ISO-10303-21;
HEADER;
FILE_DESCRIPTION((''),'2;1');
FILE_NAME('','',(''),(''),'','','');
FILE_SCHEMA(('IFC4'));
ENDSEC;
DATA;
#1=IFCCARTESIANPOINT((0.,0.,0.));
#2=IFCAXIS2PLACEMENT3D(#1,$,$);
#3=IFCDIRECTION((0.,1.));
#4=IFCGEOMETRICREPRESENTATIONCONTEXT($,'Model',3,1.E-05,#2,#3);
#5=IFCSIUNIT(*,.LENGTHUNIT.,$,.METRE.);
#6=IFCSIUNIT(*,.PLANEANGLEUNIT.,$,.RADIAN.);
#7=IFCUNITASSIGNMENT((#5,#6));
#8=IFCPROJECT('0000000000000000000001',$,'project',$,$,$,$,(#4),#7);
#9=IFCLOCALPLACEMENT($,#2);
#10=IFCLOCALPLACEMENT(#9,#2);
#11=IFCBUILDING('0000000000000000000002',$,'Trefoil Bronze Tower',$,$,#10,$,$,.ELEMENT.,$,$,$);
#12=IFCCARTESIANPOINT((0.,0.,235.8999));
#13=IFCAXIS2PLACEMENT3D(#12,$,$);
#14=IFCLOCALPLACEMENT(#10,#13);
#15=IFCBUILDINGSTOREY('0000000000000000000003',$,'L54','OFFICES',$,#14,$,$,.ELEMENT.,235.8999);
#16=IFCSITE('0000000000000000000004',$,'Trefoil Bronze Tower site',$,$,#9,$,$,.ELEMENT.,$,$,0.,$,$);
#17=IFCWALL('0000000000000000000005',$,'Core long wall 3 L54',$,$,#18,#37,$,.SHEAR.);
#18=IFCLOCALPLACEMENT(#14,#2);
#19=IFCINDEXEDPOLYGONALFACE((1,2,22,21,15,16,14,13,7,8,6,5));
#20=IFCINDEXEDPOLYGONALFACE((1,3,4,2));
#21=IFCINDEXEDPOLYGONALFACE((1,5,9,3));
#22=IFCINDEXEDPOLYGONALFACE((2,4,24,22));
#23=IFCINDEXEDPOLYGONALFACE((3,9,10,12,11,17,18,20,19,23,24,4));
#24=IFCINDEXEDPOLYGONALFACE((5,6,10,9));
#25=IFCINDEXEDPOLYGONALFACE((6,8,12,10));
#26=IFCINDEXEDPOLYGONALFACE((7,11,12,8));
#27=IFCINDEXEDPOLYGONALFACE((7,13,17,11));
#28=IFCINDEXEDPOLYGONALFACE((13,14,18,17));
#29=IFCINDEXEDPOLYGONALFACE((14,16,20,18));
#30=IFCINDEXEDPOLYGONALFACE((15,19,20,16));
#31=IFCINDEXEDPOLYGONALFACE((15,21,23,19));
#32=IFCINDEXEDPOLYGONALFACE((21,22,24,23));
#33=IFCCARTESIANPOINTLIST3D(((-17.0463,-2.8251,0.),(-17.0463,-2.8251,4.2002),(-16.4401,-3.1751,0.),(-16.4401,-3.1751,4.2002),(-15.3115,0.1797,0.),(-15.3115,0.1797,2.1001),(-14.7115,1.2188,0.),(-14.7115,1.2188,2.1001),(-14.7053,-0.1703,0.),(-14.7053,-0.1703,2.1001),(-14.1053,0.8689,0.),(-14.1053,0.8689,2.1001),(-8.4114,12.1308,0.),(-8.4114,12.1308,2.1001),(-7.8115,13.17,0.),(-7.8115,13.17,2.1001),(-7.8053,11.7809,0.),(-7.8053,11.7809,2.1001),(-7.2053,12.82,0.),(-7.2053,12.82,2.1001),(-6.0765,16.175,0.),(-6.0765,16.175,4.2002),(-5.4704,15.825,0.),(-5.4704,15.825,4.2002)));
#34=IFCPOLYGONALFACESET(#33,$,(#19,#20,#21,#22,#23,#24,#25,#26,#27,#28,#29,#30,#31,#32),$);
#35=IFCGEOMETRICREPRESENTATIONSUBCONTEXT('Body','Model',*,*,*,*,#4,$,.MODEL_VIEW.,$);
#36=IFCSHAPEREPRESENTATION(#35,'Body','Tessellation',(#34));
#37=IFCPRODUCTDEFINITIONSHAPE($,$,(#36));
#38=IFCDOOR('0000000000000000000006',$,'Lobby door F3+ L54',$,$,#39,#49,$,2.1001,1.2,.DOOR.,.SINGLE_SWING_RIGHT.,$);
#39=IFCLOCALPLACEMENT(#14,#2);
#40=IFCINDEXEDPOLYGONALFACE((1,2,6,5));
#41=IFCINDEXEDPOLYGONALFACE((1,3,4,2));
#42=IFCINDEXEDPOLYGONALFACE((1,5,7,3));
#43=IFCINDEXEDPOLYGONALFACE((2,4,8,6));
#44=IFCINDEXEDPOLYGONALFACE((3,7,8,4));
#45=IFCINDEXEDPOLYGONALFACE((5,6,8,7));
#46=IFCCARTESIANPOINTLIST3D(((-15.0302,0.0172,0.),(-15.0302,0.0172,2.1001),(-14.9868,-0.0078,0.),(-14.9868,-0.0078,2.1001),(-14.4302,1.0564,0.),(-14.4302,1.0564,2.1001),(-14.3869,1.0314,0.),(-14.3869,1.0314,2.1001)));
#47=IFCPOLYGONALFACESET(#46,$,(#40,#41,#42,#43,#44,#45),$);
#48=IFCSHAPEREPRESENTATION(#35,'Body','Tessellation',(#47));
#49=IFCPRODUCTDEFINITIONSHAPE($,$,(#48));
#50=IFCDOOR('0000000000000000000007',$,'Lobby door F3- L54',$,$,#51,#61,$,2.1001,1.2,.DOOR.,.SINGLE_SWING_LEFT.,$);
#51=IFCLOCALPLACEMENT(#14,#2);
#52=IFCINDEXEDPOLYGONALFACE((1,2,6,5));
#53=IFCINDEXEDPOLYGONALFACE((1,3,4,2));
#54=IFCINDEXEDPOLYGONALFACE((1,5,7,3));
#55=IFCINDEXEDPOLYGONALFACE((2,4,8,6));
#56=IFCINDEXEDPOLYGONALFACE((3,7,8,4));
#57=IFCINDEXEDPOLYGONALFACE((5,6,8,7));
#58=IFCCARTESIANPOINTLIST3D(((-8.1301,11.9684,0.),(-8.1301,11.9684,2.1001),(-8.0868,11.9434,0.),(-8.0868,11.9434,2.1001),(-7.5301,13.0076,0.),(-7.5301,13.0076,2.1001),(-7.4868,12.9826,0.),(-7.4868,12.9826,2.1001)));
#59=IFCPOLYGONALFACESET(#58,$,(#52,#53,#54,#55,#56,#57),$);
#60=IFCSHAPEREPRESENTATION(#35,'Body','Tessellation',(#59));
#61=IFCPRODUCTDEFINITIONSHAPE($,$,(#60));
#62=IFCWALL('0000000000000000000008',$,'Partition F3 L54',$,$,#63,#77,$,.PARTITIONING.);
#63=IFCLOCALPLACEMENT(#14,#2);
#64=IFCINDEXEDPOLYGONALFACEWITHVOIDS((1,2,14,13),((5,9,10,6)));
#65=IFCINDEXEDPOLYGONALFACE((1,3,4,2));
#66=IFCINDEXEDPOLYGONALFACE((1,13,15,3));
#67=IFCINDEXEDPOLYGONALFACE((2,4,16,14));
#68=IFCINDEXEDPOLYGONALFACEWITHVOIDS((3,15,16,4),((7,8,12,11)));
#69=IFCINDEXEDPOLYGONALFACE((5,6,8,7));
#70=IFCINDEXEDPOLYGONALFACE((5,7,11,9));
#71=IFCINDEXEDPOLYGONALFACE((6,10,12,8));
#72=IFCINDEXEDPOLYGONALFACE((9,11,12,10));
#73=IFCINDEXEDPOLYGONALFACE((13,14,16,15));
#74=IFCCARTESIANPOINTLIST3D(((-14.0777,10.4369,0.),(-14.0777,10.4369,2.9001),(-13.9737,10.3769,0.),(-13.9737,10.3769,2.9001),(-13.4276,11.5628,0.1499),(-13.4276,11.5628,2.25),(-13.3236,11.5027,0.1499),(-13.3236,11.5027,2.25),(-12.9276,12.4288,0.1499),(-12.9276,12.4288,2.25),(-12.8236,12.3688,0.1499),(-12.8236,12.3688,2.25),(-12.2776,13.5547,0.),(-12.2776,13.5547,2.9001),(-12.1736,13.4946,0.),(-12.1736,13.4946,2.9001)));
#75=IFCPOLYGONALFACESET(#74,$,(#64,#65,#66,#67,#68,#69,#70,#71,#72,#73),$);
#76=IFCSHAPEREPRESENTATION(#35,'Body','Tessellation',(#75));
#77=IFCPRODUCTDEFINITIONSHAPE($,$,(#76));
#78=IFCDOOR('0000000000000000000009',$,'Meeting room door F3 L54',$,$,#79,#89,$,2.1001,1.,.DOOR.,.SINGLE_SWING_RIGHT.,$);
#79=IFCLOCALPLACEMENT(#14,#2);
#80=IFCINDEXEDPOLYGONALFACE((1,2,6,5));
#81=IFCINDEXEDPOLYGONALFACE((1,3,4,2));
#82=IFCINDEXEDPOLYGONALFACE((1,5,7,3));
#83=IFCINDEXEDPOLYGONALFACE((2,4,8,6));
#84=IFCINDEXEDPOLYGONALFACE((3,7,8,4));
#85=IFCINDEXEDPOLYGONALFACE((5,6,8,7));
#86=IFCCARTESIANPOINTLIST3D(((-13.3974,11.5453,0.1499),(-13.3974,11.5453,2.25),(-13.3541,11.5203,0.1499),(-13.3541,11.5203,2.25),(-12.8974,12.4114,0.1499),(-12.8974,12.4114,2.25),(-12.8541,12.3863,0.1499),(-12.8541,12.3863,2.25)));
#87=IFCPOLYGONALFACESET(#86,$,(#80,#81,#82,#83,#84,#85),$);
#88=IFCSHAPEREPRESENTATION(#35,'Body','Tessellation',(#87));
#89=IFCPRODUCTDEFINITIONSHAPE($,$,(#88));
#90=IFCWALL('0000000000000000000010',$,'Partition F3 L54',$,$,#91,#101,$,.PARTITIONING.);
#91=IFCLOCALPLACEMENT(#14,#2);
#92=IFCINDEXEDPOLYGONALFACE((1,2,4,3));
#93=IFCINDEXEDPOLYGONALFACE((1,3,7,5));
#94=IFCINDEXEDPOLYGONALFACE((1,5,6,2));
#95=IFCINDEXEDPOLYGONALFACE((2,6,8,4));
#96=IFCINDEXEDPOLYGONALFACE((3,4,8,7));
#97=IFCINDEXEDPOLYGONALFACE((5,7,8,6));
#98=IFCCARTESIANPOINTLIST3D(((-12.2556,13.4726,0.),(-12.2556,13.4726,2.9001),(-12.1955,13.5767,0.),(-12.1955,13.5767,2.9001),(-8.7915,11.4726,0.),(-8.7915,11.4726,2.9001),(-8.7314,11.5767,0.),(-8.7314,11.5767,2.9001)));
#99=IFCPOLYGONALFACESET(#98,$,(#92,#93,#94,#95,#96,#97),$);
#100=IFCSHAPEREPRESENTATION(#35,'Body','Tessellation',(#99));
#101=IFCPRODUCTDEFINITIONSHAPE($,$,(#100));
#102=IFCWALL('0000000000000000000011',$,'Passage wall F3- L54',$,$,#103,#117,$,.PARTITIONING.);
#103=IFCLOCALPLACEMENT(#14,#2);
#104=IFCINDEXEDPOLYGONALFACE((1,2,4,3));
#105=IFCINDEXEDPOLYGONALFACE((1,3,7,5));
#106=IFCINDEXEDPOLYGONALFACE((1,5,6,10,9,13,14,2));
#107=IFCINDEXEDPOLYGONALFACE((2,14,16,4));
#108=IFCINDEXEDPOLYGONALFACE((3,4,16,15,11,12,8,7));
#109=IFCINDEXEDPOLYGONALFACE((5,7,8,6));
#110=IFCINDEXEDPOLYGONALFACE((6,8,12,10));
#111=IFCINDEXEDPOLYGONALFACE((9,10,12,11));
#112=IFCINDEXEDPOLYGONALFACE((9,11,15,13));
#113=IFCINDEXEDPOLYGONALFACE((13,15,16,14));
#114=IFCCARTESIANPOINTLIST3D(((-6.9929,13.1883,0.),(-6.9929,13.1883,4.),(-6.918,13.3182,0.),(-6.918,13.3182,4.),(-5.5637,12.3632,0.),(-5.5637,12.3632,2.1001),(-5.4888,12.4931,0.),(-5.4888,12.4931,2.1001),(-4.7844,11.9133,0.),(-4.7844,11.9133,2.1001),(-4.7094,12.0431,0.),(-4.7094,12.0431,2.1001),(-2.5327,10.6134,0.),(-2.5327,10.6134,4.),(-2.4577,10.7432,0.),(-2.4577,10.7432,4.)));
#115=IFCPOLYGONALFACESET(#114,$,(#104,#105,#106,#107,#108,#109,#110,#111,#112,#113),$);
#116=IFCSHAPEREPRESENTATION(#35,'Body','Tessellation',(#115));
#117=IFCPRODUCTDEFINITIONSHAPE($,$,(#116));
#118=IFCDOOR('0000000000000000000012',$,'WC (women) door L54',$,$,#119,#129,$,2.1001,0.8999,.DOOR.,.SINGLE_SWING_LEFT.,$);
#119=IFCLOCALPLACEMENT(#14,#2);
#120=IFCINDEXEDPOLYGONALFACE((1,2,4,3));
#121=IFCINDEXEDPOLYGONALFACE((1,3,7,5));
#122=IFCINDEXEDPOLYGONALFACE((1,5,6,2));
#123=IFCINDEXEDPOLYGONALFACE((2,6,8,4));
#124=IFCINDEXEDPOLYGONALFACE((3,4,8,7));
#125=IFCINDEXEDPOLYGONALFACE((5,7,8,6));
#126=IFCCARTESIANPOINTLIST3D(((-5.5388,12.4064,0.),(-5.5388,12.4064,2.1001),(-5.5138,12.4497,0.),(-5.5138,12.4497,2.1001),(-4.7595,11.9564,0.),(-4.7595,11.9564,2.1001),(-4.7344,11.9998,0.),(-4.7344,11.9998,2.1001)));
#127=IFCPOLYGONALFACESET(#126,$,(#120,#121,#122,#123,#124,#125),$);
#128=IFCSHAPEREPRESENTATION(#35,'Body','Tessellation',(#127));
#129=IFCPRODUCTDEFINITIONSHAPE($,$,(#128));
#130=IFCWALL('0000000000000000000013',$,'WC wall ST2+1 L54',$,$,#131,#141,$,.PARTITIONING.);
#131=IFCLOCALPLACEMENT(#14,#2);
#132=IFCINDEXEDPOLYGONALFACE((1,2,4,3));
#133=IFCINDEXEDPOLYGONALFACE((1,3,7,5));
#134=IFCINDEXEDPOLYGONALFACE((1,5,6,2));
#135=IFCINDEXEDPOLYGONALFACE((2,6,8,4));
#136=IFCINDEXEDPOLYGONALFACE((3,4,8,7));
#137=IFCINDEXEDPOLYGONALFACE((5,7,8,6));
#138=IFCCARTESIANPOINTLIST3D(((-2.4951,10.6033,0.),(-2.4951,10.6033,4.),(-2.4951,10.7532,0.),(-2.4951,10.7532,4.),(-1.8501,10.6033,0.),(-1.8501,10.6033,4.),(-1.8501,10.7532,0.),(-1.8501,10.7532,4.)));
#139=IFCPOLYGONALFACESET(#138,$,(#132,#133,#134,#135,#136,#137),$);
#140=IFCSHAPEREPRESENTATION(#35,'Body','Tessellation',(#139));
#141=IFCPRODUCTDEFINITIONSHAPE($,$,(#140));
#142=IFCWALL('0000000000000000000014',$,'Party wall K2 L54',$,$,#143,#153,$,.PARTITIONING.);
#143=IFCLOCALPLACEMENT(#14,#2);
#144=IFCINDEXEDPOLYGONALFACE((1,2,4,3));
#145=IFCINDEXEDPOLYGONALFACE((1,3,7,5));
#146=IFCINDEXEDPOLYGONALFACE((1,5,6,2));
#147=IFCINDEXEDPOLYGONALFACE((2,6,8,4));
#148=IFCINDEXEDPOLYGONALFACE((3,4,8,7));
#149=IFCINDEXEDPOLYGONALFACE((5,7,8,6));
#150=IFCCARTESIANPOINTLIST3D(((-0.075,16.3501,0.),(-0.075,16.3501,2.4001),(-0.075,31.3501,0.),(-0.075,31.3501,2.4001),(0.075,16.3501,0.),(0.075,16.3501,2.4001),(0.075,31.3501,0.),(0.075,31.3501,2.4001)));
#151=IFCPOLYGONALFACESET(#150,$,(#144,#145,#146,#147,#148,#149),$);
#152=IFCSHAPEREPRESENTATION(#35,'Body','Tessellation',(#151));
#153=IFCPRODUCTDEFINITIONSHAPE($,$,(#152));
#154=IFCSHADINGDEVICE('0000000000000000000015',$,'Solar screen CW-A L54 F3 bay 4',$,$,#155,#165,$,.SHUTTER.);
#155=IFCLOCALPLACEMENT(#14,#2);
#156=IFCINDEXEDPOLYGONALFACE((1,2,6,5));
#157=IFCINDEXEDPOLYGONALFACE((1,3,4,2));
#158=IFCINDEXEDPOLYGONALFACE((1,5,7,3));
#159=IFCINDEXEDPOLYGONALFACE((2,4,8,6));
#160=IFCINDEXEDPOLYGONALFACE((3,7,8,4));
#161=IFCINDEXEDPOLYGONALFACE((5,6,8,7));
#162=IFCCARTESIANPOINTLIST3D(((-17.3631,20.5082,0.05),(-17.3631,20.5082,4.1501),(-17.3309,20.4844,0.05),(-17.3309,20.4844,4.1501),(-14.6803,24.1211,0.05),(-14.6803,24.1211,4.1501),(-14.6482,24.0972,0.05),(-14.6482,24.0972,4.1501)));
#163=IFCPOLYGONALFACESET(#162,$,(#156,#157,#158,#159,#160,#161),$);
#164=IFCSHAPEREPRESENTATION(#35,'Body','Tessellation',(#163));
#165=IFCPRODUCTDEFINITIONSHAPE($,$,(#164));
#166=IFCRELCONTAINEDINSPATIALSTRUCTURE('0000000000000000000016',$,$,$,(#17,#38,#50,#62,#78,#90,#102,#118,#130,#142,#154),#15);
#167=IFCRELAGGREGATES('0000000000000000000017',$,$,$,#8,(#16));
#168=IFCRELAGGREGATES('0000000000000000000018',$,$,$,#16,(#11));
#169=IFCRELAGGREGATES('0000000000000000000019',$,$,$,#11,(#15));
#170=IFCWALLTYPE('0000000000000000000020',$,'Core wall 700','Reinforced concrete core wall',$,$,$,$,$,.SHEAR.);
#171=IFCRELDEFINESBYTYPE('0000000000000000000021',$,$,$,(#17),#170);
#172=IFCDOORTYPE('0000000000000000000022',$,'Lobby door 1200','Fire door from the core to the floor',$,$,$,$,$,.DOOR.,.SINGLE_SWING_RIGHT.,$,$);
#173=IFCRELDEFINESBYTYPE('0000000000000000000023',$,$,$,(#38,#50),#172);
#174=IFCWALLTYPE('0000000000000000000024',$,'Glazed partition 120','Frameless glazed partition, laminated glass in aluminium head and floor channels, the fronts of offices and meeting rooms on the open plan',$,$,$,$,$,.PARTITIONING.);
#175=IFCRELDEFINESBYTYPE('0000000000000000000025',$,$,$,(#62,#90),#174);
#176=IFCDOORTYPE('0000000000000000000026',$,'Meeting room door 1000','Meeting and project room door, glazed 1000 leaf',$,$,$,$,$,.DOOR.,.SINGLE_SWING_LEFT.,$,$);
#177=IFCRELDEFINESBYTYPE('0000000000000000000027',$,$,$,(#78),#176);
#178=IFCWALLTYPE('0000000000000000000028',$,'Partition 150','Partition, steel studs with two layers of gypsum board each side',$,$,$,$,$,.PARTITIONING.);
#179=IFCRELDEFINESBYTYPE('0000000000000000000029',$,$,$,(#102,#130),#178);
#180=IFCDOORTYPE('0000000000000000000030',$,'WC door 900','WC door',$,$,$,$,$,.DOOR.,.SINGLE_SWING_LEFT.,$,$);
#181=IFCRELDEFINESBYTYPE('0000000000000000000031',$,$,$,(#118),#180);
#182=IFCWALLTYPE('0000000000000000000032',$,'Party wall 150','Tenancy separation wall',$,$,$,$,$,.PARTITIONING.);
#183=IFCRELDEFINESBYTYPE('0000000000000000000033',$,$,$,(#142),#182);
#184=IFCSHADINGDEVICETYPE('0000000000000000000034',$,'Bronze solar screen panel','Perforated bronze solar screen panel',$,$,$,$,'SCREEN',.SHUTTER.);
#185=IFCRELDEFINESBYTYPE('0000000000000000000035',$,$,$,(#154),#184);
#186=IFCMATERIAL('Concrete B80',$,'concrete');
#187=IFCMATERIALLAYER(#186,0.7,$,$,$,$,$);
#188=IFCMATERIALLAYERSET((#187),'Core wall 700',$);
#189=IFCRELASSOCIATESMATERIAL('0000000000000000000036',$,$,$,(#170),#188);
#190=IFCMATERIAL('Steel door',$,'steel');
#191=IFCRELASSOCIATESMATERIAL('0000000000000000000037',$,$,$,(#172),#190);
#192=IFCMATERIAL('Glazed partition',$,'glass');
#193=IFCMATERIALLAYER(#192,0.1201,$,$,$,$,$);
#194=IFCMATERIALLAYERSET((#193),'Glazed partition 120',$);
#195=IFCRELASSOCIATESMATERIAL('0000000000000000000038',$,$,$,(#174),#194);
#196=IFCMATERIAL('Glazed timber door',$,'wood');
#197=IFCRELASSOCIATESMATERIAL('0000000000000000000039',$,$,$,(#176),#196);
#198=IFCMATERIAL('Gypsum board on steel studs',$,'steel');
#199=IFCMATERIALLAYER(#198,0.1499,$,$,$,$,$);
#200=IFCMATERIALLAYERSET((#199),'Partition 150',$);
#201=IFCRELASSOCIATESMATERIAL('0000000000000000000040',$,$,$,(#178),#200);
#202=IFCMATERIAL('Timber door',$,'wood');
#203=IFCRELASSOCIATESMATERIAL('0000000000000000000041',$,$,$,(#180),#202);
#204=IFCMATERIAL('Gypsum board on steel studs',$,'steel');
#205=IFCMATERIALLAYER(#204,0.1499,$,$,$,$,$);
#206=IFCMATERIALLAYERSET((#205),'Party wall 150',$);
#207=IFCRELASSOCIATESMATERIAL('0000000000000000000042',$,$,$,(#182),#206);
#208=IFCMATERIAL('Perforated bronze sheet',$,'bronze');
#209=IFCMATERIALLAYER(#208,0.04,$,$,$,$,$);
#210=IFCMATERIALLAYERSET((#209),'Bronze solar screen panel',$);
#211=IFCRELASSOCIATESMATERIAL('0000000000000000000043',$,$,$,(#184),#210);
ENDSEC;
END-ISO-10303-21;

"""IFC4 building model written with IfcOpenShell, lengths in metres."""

from ifc_helpers import new_model, si_unit, direction, frame, frame_2d, origin, origin_2d, place, context, subcontext, project, spatial, rectangle, extrude, material, layer, layer_set, type_object, element, fill, save


model = new_model("IFC4")

# Units and contexts
model_context = context("Model", 3, precision=1e-05, world=origin(), true_north=direction((0.0, 1.0)))
body_context = subcontext(model_context, "Body", "Model", "MODEL_VIEW")
ifc_project = project(units=[si_unit("LENGTHUNIT", "METRE"), si_unit("PLANEANGLEUNIT", "RADIAN")], contexts=[model_context])

# Site, building, storey
site_placement = place(None, origin())
site = spatial("IfcSite", under=ifc_project, at=site_placement, Name="Trefoil Bronze Tower site", CompositionType="ELEMENT", RefElevation=0.0)
building_placement = place(site_placement, origin())
building = spatial("IfcBuilding", under=site, at=building_placement, Name="Trefoil Bronze Tower", CompositionType="ELEMENT")
storey_placement = place(building_placement, frame((0.0, 0.0, 235.8999)))
storey = spatial("IfcBuildingStorey", under=building, at=storey_placement, Name="L54", Description="OFFICES", CompositionType="ELEMENT", Elevation=235.8999)

# Wall, openings, doors
ifc_material_1 = material(Name="Concrete B80", Category="concrete")
ifc_layer_1 = layer(ifc_material_1, 0.7)
ifc_layer_set_1 = layer_set([ifc_layer_1], Name="Core wall 700")
wall_type_1 = type_object("IfcWallType", Name="Core wall 700", Description="Reinforced concrete core wall", PredefinedType="SHEAR", material=ifc_layer_set_1)
wall_1_placement = place(storey_placement, frame((-5.7734, 16.0, 0.0), z_axis=(0.0, 0.0, 1.0), x_axis=(-0.500002, -0.866024, 0.0)))
wall_1 = element("IfcWall", 1, at=wall_1_placement, inside=storey, type_object=wall_type_1, Name="Core long wall 3 L54", PredefinedType="SHEAR", context=body_context, shape_type="SweptSolid", body=[
    extrude(rectangle(XDim=21.9395, YDim=0.7, at=frame_2d((10.9697, 0.0))), origin(), (0.0, 0.0, 1.0), 4.2002),
])
opening_1_placement = place(wall_1_placement, frame((17.2698, 0.0, 0.0)))
opening_1 = element("IfcOpeningElement", 2, at=opening_1_placement, cuts=wall_1, PredefinedType="OPENING", context=body_context, shape_type="SweptSolid", body=[
    extrude(rectangle(XDim=1.2, YDim=2.1001, at=frame_2d((0.6001, 1.05))), frame((0.0, 0.3599, 0.0), z_axis=(0.0, -1.0, 0.0), x_axis=(1.0, 0.0, 0.0)), (0.0, 0.0, 1.0), 0.72),
])
opening_2_placement = place(wall_1_placement, frame((3.4697, 0.0, 0.0)))
opening_2 = element("IfcOpeningElement", 3, at=opening_2_placement, cuts=wall_1, PredefinedType="OPENING", context=body_context, shape_type="SweptSolid", body=[
    extrude(rectangle(XDim=1.2, YDim=2.1001, at=frame_2d((0.6001, 1.05))), frame((0.0, 0.3599, 0.0), z_axis=(0.0, -1.0, 0.0), x_axis=(1.0, 0.0, 0.0)), (0.0, 0.0, 1.0), 0.72),
])
ifc_material_2 = material(Name="Steel door", Category="steel")
door_type_1 = type_object("IfcDoorType", Name="Lobby door 1200", Description="Fire door from the core to the floor", OperationType="SINGLE_SWING_RIGHT", PredefinedType="DOOR", material=ifc_material_2)
door_1_placement = place(opening_1_placement, origin())
door_1 = element("IfcDoor", 4, at=door_1_placement, inside=storey, type_object=door_type_1, Name="Lobby door F3+ L54", OperationType="SINGLE_SWING_RIGHT", OverallHeight=2.1001, OverallWidth=1.2, PredefinedType="DOOR", context=body_context, shape_type="SweptSolid", body=[
    extrude(rectangle(XDim=1.2, YDim=2.1001, at=frame_2d((0.6001, 1.05))), frame((0.0, 0.0249, 0.0), z_axis=(0.0, -1.0, 0.0), x_axis=(1.0, 0.0, 0.0)), (0.0, 0.0, 1.0), 0.05),
])
fill(opening_1, door_1)
door_2_placement = place(opening_2_placement, origin())
door_2 = element("IfcDoor", 5, at=door_2_placement, inside=storey, type_object=door_type_1, Name="Lobby door F3- L54", OperationType="SINGLE_SWING_LEFT", OverallHeight=2.1001, OverallWidth=1.2, PredefinedType="DOOR", context=body_context, shape_type="SweptSolid", body=[
    extrude(rectangle(XDim=1.2, YDim=2.1001, at=frame_2d((0.6001, 1.05))), frame((0.0, 0.0249, 0.0), z_axis=(0.0, -1.0, 0.0), x_axis=(1.0, 0.0, 0.0)), (0.0, 0.0, 1.0), 0.05),
])
fill(opening_2, door_2)

# Wall, opening, door
ifc_material_3 = material(Name="Glazed partition", Category="glass")
ifc_layer_2 = layer(ifc_material_3, 0.1201)
ifc_layer_set_2 = layer_set([ifc_layer_2], Name="Glazed partition 120")
wall_type_2 = type_object("IfcWallType", Name="Glazed partition 120", Description="Frameless glazed partition, laminated glass in aluminium head and floor channels, the fronts of offices and meeting rooms on the open plan", PredefinedType="PARTITIONING", material=ifc_layer_set_2)
wall_2_placement = place(storey_placement, frame((-12.2256, 13.5247, 0.0), z_axis=(0.0, 0.0, 1.0), x_axis=(-0.500012, -0.866018, 0.0)))
wall_2 = element("IfcWall", 6, at=wall_2_placement, inside=storey, type_object=wall_type_2, Name="Partition F3 L54", PredefinedType="PARTITIONING", context=body_context, shape_type="SweptSolid", body=[
    extrude(rectangle(XDim=3.6001, YDim=0.1201, at=frame_2d((1.8, 0.0))), origin(), (0.0, 0.0, 1.0), 2.9001),
])
opening_3_placement = place(wall_2_placement, frame((1.3, 0.0, 0.1499)))
opening_3 = element("IfcOpeningElement", 7, at=opening_3_placement, cuts=wall_2, PredefinedType="OPENING", context=body_context, shape_type="SweptSolid", body=[
    extrude(rectangle(XDim=1.0, YDim=2.1001, at=frame_2d((0.5, 1.05))), frame((0.0, 0.0701, 0.0), z_axis=(0.0, -1.0, 0.0), x_axis=(1.0, 0.0, 0.0)), (0.0, 0.0, 1.0), 0.1401),
])
ifc_material_4 = material(Name="Glazed timber door", Category="wood")
door_type_2 = type_object("IfcDoorType", Name="Meeting room door 1000", Description="Meeting and project room door, glazed 1000 leaf", OperationType="SINGLE_SWING_LEFT", PredefinedType="DOOR", material=ifc_material_4)
door_3_placement = place(opening_3_placement, origin())
door_3 = element("IfcDoor", 8, at=door_3_placement, inside=storey, type_object=door_type_2, Name="Meeting room door F3 L54", OperationType="SINGLE_SWING_RIGHT", OverallHeight=2.1001, OverallWidth=1.0, PredefinedType="DOOR", context=body_context, shape_type="SweptSolid", body=[
    extrude(rectangle(XDim=1.0, YDim=2.1001, at=frame_2d((0.5, 1.05))), frame((0.0, 0.0249, 0.0), z_axis=(0.0, -1.0, 0.0), x_axis=(1.0, 0.0, 0.0)), (0.0, 0.0, 1.0), 0.05),
])
fill(opening_3, door_3)

# Wall
wall_3_placement = place(storey_placement, frame((-8.7615, 11.5247, 0.0), z_axis=(0.0, 0.0, 1.0), x_axis=(-0.866026, 0.499999, 0.0)))
element("IfcWall", 9, at=wall_3_placement, inside=storey, type_object=wall_type_2, Name="Partition F3 L54", PredefinedType="PARTITIONING", context=body_context, shape_type="SweptSolid", body=[
    extrude(rectangle(XDim=4.0, YDim=0.1201, at=frame_2d((2.0, 0.0))), origin(), (0.0, 0.0, 1.0), 2.9001),
])

# Wall, opening, door
ifc_material_5 = material(Name="Gypsum board on steel studs", Category="steel")
ifc_layer_3 = layer(ifc_material_5, 0.1499)
ifc_layer_set_3 = layer_set([ifc_layer_3], Name="Partition 150")
wall_type_3 = type_object("IfcWallType", Name="Partition 150", Description="Partition, steel studs with two layers of gypsum board each side", PredefinedType="PARTITIONING", material=ifc_layer_set_3)
wall_4_placement = place(storey_placement, frame((-2.4951, 10.6782, 0.0), z_axis=(0.0, 0.0, 1.0), x_axis=(-0.866038, 0.499978, 0.0)))
wall_4 = element("IfcWall", 10, at=wall_4_placement, inside=storey, type_object=wall_type_3, Name="Passage wall F3- L54", PredefinedType="PARTITIONING", context=body_context, shape_type="SweptSolid", body=[
    extrude(rectangle(XDim=5.1501, YDim=0.1499, at=frame_2d((2.5752, 0.0))), origin(), (0.0, 0.0, 1.0), 4.0),
])
opening_4_placement = place(wall_4_placement, frame((2.6001, 0.0, 0.0)))
opening_4 = element("IfcOpeningElement", 11, at=opening_4_placement, cuts=wall_4, PredefinedType="OPENING", context=body_context, shape_type="SweptSolid", body=[
    extrude(rectangle(XDim=0.8999, YDim=2.1001, at=frame_2d((0.45, 1.05))), frame((0.0, 0.085, 0.0), z_axis=(0.0, -1.0, 0.0), x_axis=(1.0, 0.0, 0.0)), (0.0, 0.0, 1.0), 0.1699),
])
ifc_material_6 = material(Name="Timber door", Category="wood")
door_type_3 = type_object("IfcDoorType", Name="WC door 900", Description="WC door", OperationType="SINGLE_SWING_LEFT", PredefinedType="DOOR", material=ifc_material_6)
door_4_placement = place(opening_4_placement, frame((0.8999, 0.0, 0.0), z_axis=(0.0, 0.0, 1.0), x_axis=(-1.0, 0.0, 0.0)))
door_4 = element("IfcDoor", 12, at=door_4_placement, inside=storey, type_object=door_type_3, Name="WC (women) door L54", OperationType="SINGLE_SWING_LEFT", OverallHeight=2.1001, OverallWidth=0.8999, PredefinedType="DOOR", context=body_context, shape_type="SweptSolid", body=[
    extrude(rectangle(XDim=0.8999, YDim=2.1001, at=frame_2d((0.45, 1.05))), frame((0.0, 0.0249, 0.0), z_axis=(0.0, -1.0, 0.0), x_axis=(1.0, 0.0, 0.0)), (0.0, 0.0, 1.0), 0.05),
])
fill(opening_4, door_4)

# Walls
wall_5_placement = place(storey_placement, frame((-2.4951, 10.6782, 0.0), z_axis=(0.0, 0.0, 1.0), x_axis=(1.0, 0.0, 0.0)))
element("IfcWall", 13, at=wall_5_placement, inside=storey, type_object=wall_type_3, Name="WC wall ST2+1 L54", PredefinedType="PARTITIONING", context=body_context, shape_type="SweptSolid", body=[
    extrude(rectangle(XDim=0.645, YDim=0.1499, at=frame_2d((0.3225, 0.0))), origin(), (0.0, 0.0, 1.0), 4.0),
])
ifc_material_7 = material(Name="Gypsum board on steel studs", Category="steel")
ifc_layer_4 = layer(ifc_material_7, 0.1499)
ifc_layer_set_4 = layer_set([ifc_layer_4], Name="Party wall 150")
wall_type_4 = type_object("IfcWallType", Name="Party wall 150", Description="Tenancy separation wall", PredefinedType="PARTITIONING", material=ifc_layer_set_4)
wall_6_placement = place(storey_placement, frame((0.0, 16.3501, 0.0), z_axis=(0.0, 0.0, 1.0), x_axis=(0.0, 1.0, 0.0)))
element("IfcWall", 14, at=wall_6_placement, inside=storey, type_object=wall_type_4, Name="Party wall K2 L54", PredefinedType="PARTITIONING", context=body_context, shape_type="SweptSolid", body=[
    extrude(rectangle(XDim=15.0, YDim=0.1499, at=frame_2d((7.5, 0.0))), origin(), (0.0, 0.0, 1.0), 2.4001),
])

# Shading device
ifc_material_8 = material(Name="Perforated bronze sheet", Category="bronze")
ifc_layer_5 = layer(ifc_material_8, 0.04)
ifc_layer_set_5 = layer_set([ifc_layer_5], Name="Bronze solar screen panel")
shading_device_type = type_object("IfcShadingDeviceType", Name="Bronze solar screen panel", Description="Perforated bronze solar screen panel", ElementType="SCREEN", PredefinedType="SHUTTER", material=ifc_layer_set_5)
shading_device_1_placement = place(storey_placement, frame((-16.0056, 22.3027, 0.05), z_axis=(0.0, 0.0, 1.0), x_axis=(-0.596162, -0.802865, 0.0)))
element("IfcShadingDevice", 15, at=shading_device_1_placement, inside=storey, type_object=shading_device_type, Name="Solar screen CW-A L54 F3 bay 4", PredefinedType="SHUTTER", context=body_context, shape_type="SweptSolid", body=[
    extrude(rectangle(XDim=4.5, YDim=0.04, at=origin_2d()), origin(), (0.0, 0.0, 1.0), 4.1001),
])

save(model, "model.ifc")
